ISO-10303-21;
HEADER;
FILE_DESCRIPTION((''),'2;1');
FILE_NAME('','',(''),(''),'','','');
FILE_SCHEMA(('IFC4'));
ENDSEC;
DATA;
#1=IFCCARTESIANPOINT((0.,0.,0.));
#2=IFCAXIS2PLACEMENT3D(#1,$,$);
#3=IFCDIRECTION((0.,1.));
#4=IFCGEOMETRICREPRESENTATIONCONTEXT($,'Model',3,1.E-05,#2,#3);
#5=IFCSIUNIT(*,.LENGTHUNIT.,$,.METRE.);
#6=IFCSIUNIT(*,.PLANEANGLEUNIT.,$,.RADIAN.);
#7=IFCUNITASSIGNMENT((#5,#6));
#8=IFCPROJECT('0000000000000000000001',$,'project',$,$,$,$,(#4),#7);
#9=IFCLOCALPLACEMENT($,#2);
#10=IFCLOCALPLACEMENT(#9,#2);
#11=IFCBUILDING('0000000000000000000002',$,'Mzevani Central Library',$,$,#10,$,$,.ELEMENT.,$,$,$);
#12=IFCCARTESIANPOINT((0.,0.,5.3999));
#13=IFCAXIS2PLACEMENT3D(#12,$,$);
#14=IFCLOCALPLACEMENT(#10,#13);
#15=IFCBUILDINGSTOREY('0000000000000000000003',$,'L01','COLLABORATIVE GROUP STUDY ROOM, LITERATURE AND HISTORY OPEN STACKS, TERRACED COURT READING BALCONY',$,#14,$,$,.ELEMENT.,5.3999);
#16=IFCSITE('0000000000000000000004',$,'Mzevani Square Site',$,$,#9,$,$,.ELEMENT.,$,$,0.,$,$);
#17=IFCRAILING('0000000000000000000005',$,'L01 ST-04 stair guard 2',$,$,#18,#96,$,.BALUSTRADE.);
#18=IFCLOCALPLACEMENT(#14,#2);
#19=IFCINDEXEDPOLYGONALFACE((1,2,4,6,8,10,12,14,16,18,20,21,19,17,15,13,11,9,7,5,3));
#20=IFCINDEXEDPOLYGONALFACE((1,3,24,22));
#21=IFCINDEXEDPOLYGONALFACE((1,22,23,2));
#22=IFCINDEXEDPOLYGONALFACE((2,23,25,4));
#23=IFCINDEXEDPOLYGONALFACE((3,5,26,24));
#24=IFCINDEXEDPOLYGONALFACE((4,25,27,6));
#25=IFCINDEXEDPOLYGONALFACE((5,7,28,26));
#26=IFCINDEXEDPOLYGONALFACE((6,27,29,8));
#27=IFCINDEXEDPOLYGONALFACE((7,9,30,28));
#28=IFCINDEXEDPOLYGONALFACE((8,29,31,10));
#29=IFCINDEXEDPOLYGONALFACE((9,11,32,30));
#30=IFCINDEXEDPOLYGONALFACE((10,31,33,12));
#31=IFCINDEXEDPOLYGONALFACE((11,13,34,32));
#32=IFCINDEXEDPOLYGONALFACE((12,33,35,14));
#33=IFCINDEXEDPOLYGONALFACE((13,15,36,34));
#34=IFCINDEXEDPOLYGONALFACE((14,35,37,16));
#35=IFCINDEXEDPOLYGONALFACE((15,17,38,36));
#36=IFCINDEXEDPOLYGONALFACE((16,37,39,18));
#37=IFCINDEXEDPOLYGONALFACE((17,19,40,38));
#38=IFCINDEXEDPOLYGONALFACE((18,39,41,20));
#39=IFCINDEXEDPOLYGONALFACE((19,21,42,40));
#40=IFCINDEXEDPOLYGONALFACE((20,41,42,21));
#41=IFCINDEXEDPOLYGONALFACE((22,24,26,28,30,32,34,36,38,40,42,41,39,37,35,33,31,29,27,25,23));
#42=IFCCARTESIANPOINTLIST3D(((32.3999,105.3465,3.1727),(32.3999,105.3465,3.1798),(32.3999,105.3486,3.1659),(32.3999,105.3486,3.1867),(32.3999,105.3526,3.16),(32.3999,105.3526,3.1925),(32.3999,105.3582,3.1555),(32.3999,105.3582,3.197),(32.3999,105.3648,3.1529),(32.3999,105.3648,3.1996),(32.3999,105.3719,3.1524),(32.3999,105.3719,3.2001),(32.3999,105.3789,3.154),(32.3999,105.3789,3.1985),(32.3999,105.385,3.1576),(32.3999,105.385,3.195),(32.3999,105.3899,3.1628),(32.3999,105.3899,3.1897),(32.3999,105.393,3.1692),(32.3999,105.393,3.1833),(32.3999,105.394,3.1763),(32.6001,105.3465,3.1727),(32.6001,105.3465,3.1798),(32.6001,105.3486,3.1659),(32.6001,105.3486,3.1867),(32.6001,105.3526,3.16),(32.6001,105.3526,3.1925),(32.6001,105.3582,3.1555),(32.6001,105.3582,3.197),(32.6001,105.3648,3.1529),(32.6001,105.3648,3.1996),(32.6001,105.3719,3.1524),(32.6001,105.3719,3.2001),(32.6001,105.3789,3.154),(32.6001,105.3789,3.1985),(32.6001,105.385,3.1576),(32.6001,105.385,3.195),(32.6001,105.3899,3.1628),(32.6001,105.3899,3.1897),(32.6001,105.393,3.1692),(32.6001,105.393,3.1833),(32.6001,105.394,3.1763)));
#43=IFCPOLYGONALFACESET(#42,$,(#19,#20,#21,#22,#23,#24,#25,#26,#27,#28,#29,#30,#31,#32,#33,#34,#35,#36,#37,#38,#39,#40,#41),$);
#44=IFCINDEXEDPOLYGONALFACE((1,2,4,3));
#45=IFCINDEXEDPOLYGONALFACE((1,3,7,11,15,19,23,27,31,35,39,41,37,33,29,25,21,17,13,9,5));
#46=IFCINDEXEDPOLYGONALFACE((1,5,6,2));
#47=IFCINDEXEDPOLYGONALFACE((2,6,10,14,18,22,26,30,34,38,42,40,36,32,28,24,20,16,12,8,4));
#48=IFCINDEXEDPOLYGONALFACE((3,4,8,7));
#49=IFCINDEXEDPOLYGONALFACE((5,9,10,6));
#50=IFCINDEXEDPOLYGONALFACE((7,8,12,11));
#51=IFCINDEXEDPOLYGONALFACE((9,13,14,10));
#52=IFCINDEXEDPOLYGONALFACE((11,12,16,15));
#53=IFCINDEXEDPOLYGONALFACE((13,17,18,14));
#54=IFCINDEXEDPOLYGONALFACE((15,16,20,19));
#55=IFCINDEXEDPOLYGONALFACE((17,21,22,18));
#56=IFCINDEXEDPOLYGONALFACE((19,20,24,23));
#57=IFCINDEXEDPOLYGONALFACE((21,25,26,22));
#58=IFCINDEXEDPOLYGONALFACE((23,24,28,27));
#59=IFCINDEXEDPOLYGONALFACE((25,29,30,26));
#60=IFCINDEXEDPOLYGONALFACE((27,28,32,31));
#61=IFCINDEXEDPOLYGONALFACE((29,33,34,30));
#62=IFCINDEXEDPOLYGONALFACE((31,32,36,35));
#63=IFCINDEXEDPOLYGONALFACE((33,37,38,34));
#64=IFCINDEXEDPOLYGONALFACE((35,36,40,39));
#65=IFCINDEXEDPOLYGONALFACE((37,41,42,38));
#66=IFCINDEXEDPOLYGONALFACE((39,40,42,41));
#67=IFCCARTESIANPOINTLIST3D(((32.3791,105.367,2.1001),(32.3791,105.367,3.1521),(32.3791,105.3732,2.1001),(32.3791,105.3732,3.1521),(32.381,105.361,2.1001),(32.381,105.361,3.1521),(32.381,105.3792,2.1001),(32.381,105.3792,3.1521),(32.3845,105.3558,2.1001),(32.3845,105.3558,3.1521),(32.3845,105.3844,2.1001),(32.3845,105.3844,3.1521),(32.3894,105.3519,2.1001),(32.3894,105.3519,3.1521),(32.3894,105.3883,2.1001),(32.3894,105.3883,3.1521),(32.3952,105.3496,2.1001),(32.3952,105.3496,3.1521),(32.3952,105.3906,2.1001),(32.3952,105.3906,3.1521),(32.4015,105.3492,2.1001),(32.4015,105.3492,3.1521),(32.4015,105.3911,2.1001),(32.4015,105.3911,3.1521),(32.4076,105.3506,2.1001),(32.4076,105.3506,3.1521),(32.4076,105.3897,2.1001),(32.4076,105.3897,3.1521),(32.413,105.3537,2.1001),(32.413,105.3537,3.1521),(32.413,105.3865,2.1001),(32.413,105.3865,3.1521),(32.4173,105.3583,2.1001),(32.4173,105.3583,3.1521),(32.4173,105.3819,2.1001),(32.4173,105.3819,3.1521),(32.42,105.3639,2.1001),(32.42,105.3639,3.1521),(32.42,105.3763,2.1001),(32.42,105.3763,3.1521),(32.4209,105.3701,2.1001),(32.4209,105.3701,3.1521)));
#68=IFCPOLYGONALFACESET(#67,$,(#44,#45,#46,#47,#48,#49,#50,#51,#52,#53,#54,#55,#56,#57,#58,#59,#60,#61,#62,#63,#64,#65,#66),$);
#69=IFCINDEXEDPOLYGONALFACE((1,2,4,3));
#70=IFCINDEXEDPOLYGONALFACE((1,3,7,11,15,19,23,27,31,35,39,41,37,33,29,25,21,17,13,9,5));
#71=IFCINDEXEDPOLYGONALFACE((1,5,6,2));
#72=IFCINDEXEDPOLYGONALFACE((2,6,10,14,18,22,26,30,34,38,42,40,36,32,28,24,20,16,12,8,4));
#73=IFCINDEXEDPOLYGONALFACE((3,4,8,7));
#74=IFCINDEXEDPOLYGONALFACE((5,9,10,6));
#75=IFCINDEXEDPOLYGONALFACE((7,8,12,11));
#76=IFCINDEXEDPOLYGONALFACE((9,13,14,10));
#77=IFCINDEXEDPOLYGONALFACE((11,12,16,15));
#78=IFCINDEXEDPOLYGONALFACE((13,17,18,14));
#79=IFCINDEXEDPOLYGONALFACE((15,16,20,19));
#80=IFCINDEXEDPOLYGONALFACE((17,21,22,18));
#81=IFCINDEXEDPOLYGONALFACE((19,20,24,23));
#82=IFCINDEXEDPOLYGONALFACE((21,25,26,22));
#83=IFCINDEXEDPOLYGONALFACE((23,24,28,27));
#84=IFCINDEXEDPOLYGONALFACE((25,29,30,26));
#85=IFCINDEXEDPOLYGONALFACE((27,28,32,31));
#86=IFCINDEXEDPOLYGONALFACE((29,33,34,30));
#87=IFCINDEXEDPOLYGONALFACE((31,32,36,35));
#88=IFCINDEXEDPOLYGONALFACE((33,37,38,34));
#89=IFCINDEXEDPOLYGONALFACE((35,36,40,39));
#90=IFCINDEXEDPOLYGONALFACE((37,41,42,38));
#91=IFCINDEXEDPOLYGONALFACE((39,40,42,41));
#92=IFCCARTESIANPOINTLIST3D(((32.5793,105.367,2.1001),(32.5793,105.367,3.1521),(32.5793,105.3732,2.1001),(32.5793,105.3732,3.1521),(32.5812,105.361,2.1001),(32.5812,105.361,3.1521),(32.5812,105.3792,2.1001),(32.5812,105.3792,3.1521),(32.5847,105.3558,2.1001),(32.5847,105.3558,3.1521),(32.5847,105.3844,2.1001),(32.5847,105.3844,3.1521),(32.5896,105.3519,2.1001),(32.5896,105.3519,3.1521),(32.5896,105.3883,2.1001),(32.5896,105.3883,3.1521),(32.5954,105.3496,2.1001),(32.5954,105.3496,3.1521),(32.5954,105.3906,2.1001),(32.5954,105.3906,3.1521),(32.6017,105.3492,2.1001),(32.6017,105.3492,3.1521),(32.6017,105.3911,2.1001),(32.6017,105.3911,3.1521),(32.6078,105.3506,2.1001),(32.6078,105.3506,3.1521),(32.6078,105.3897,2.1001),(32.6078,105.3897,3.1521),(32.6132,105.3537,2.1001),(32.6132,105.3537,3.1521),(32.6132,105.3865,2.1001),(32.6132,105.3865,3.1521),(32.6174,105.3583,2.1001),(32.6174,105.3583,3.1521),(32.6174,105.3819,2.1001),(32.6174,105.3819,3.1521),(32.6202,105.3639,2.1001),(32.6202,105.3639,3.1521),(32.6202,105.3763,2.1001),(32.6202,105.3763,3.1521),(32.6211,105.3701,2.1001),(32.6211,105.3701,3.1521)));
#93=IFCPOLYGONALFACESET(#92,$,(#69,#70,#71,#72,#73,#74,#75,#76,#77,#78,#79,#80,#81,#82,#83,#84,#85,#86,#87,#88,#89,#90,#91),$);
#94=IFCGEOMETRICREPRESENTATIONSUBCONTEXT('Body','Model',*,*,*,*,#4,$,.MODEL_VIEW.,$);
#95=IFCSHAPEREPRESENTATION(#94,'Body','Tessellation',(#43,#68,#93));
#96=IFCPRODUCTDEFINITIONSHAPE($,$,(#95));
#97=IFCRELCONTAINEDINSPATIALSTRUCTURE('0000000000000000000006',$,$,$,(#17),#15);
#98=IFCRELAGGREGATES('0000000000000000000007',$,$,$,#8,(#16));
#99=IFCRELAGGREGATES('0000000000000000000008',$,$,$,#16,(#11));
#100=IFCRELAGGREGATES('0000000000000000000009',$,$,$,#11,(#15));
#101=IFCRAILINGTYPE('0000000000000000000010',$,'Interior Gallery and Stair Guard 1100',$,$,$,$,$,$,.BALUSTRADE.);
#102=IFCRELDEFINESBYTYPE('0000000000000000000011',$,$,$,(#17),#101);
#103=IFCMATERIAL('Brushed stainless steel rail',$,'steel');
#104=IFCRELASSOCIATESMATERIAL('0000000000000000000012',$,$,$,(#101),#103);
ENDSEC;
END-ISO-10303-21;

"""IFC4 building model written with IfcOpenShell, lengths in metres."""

from ifc_helpers import new_model, si_unit, direction, frame, origin, origin_2d, place, context, subcontext, project, spatial, circle, extrude, material, type_object, element, save


model = new_model("IFC4")

# Units and contexts
model_context = context("Model", 3, precision=1e-05, world=origin(), true_north=direction((0.0, 1.0)))
body_context = subcontext(model_context, "Body", "Model", "MODEL_VIEW")
ifc_project = project(units=[si_unit("LENGTHUNIT", "METRE"), si_unit("PLANEANGLEUNIT", "RADIAN")], contexts=[model_context])

# Site, building, storey
site_placement = place(None, origin())
site = spatial("IfcSite", under=ifc_project, at=site_placement, Name="Mzevani Square Site", CompositionType="ELEMENT", RefElevation=0.0)
building_placement = place(site_placement, origin())
building = spatial("IfcBuilding", under=site, at=building_placement, Name="Mzevani Central Library", CompositionType="ELEMENT")
storey_placement = place(building_placement, frame((0.0, 0.0, 5.3999)))
storey = spatial("IfcBuildingStorey", under=building, at=storey_placement, Name="L01", Description="COLLABORATIVE GROUP STUDY ROOM, LITERATURE AND HISTORY OPEN STACKS, TERRACED COURT READING BALCONY", CompositionType="ELEMENT", Elevation=5.3999)

# Railing
ifc_material_1 = material(Name="Brushed stainless steel rail", Category="steel")
railing_type_1 = type_object("IfcRailingType", Name="Interior Gallery and Stair Guard 1100", PredefinedType="BALUSTRADE", material=ifc_material_1)
railing_1_placement = place(storey_placement, frame((32.3999, 105.3701, 2.1001)))
element("IfcRailing", 1, at=railing_1_placement, inside=storey, type_object=railing_type_1, Name="L01 ST-04 stair guard 2", PredefinedType="BALUSTRADE", context=body_context, shape_type="SweptSolid", body=[
    extrude(circle(Radius=0.0239, at=origin_2d()), frame((0.0, 0.0, 1.0762), z_axis=(1.0, 0.0, 0.0), x_axis=(0.0, 1.0, 0.0)), (0.0, 0.0, 1.0), 0.2002),
    extrude(circle(Radius=0.021, at=origin_2d()), origin(), (0.0, 0.0, 1.0), 1.052),
    extrude(circle(Radius=0.021, at=origin_2d()), frame((0.2002, 0.0, 0.0)), (0.0, 0.0, 1.0), 1.052),
])

save(model, "model.ifc")
